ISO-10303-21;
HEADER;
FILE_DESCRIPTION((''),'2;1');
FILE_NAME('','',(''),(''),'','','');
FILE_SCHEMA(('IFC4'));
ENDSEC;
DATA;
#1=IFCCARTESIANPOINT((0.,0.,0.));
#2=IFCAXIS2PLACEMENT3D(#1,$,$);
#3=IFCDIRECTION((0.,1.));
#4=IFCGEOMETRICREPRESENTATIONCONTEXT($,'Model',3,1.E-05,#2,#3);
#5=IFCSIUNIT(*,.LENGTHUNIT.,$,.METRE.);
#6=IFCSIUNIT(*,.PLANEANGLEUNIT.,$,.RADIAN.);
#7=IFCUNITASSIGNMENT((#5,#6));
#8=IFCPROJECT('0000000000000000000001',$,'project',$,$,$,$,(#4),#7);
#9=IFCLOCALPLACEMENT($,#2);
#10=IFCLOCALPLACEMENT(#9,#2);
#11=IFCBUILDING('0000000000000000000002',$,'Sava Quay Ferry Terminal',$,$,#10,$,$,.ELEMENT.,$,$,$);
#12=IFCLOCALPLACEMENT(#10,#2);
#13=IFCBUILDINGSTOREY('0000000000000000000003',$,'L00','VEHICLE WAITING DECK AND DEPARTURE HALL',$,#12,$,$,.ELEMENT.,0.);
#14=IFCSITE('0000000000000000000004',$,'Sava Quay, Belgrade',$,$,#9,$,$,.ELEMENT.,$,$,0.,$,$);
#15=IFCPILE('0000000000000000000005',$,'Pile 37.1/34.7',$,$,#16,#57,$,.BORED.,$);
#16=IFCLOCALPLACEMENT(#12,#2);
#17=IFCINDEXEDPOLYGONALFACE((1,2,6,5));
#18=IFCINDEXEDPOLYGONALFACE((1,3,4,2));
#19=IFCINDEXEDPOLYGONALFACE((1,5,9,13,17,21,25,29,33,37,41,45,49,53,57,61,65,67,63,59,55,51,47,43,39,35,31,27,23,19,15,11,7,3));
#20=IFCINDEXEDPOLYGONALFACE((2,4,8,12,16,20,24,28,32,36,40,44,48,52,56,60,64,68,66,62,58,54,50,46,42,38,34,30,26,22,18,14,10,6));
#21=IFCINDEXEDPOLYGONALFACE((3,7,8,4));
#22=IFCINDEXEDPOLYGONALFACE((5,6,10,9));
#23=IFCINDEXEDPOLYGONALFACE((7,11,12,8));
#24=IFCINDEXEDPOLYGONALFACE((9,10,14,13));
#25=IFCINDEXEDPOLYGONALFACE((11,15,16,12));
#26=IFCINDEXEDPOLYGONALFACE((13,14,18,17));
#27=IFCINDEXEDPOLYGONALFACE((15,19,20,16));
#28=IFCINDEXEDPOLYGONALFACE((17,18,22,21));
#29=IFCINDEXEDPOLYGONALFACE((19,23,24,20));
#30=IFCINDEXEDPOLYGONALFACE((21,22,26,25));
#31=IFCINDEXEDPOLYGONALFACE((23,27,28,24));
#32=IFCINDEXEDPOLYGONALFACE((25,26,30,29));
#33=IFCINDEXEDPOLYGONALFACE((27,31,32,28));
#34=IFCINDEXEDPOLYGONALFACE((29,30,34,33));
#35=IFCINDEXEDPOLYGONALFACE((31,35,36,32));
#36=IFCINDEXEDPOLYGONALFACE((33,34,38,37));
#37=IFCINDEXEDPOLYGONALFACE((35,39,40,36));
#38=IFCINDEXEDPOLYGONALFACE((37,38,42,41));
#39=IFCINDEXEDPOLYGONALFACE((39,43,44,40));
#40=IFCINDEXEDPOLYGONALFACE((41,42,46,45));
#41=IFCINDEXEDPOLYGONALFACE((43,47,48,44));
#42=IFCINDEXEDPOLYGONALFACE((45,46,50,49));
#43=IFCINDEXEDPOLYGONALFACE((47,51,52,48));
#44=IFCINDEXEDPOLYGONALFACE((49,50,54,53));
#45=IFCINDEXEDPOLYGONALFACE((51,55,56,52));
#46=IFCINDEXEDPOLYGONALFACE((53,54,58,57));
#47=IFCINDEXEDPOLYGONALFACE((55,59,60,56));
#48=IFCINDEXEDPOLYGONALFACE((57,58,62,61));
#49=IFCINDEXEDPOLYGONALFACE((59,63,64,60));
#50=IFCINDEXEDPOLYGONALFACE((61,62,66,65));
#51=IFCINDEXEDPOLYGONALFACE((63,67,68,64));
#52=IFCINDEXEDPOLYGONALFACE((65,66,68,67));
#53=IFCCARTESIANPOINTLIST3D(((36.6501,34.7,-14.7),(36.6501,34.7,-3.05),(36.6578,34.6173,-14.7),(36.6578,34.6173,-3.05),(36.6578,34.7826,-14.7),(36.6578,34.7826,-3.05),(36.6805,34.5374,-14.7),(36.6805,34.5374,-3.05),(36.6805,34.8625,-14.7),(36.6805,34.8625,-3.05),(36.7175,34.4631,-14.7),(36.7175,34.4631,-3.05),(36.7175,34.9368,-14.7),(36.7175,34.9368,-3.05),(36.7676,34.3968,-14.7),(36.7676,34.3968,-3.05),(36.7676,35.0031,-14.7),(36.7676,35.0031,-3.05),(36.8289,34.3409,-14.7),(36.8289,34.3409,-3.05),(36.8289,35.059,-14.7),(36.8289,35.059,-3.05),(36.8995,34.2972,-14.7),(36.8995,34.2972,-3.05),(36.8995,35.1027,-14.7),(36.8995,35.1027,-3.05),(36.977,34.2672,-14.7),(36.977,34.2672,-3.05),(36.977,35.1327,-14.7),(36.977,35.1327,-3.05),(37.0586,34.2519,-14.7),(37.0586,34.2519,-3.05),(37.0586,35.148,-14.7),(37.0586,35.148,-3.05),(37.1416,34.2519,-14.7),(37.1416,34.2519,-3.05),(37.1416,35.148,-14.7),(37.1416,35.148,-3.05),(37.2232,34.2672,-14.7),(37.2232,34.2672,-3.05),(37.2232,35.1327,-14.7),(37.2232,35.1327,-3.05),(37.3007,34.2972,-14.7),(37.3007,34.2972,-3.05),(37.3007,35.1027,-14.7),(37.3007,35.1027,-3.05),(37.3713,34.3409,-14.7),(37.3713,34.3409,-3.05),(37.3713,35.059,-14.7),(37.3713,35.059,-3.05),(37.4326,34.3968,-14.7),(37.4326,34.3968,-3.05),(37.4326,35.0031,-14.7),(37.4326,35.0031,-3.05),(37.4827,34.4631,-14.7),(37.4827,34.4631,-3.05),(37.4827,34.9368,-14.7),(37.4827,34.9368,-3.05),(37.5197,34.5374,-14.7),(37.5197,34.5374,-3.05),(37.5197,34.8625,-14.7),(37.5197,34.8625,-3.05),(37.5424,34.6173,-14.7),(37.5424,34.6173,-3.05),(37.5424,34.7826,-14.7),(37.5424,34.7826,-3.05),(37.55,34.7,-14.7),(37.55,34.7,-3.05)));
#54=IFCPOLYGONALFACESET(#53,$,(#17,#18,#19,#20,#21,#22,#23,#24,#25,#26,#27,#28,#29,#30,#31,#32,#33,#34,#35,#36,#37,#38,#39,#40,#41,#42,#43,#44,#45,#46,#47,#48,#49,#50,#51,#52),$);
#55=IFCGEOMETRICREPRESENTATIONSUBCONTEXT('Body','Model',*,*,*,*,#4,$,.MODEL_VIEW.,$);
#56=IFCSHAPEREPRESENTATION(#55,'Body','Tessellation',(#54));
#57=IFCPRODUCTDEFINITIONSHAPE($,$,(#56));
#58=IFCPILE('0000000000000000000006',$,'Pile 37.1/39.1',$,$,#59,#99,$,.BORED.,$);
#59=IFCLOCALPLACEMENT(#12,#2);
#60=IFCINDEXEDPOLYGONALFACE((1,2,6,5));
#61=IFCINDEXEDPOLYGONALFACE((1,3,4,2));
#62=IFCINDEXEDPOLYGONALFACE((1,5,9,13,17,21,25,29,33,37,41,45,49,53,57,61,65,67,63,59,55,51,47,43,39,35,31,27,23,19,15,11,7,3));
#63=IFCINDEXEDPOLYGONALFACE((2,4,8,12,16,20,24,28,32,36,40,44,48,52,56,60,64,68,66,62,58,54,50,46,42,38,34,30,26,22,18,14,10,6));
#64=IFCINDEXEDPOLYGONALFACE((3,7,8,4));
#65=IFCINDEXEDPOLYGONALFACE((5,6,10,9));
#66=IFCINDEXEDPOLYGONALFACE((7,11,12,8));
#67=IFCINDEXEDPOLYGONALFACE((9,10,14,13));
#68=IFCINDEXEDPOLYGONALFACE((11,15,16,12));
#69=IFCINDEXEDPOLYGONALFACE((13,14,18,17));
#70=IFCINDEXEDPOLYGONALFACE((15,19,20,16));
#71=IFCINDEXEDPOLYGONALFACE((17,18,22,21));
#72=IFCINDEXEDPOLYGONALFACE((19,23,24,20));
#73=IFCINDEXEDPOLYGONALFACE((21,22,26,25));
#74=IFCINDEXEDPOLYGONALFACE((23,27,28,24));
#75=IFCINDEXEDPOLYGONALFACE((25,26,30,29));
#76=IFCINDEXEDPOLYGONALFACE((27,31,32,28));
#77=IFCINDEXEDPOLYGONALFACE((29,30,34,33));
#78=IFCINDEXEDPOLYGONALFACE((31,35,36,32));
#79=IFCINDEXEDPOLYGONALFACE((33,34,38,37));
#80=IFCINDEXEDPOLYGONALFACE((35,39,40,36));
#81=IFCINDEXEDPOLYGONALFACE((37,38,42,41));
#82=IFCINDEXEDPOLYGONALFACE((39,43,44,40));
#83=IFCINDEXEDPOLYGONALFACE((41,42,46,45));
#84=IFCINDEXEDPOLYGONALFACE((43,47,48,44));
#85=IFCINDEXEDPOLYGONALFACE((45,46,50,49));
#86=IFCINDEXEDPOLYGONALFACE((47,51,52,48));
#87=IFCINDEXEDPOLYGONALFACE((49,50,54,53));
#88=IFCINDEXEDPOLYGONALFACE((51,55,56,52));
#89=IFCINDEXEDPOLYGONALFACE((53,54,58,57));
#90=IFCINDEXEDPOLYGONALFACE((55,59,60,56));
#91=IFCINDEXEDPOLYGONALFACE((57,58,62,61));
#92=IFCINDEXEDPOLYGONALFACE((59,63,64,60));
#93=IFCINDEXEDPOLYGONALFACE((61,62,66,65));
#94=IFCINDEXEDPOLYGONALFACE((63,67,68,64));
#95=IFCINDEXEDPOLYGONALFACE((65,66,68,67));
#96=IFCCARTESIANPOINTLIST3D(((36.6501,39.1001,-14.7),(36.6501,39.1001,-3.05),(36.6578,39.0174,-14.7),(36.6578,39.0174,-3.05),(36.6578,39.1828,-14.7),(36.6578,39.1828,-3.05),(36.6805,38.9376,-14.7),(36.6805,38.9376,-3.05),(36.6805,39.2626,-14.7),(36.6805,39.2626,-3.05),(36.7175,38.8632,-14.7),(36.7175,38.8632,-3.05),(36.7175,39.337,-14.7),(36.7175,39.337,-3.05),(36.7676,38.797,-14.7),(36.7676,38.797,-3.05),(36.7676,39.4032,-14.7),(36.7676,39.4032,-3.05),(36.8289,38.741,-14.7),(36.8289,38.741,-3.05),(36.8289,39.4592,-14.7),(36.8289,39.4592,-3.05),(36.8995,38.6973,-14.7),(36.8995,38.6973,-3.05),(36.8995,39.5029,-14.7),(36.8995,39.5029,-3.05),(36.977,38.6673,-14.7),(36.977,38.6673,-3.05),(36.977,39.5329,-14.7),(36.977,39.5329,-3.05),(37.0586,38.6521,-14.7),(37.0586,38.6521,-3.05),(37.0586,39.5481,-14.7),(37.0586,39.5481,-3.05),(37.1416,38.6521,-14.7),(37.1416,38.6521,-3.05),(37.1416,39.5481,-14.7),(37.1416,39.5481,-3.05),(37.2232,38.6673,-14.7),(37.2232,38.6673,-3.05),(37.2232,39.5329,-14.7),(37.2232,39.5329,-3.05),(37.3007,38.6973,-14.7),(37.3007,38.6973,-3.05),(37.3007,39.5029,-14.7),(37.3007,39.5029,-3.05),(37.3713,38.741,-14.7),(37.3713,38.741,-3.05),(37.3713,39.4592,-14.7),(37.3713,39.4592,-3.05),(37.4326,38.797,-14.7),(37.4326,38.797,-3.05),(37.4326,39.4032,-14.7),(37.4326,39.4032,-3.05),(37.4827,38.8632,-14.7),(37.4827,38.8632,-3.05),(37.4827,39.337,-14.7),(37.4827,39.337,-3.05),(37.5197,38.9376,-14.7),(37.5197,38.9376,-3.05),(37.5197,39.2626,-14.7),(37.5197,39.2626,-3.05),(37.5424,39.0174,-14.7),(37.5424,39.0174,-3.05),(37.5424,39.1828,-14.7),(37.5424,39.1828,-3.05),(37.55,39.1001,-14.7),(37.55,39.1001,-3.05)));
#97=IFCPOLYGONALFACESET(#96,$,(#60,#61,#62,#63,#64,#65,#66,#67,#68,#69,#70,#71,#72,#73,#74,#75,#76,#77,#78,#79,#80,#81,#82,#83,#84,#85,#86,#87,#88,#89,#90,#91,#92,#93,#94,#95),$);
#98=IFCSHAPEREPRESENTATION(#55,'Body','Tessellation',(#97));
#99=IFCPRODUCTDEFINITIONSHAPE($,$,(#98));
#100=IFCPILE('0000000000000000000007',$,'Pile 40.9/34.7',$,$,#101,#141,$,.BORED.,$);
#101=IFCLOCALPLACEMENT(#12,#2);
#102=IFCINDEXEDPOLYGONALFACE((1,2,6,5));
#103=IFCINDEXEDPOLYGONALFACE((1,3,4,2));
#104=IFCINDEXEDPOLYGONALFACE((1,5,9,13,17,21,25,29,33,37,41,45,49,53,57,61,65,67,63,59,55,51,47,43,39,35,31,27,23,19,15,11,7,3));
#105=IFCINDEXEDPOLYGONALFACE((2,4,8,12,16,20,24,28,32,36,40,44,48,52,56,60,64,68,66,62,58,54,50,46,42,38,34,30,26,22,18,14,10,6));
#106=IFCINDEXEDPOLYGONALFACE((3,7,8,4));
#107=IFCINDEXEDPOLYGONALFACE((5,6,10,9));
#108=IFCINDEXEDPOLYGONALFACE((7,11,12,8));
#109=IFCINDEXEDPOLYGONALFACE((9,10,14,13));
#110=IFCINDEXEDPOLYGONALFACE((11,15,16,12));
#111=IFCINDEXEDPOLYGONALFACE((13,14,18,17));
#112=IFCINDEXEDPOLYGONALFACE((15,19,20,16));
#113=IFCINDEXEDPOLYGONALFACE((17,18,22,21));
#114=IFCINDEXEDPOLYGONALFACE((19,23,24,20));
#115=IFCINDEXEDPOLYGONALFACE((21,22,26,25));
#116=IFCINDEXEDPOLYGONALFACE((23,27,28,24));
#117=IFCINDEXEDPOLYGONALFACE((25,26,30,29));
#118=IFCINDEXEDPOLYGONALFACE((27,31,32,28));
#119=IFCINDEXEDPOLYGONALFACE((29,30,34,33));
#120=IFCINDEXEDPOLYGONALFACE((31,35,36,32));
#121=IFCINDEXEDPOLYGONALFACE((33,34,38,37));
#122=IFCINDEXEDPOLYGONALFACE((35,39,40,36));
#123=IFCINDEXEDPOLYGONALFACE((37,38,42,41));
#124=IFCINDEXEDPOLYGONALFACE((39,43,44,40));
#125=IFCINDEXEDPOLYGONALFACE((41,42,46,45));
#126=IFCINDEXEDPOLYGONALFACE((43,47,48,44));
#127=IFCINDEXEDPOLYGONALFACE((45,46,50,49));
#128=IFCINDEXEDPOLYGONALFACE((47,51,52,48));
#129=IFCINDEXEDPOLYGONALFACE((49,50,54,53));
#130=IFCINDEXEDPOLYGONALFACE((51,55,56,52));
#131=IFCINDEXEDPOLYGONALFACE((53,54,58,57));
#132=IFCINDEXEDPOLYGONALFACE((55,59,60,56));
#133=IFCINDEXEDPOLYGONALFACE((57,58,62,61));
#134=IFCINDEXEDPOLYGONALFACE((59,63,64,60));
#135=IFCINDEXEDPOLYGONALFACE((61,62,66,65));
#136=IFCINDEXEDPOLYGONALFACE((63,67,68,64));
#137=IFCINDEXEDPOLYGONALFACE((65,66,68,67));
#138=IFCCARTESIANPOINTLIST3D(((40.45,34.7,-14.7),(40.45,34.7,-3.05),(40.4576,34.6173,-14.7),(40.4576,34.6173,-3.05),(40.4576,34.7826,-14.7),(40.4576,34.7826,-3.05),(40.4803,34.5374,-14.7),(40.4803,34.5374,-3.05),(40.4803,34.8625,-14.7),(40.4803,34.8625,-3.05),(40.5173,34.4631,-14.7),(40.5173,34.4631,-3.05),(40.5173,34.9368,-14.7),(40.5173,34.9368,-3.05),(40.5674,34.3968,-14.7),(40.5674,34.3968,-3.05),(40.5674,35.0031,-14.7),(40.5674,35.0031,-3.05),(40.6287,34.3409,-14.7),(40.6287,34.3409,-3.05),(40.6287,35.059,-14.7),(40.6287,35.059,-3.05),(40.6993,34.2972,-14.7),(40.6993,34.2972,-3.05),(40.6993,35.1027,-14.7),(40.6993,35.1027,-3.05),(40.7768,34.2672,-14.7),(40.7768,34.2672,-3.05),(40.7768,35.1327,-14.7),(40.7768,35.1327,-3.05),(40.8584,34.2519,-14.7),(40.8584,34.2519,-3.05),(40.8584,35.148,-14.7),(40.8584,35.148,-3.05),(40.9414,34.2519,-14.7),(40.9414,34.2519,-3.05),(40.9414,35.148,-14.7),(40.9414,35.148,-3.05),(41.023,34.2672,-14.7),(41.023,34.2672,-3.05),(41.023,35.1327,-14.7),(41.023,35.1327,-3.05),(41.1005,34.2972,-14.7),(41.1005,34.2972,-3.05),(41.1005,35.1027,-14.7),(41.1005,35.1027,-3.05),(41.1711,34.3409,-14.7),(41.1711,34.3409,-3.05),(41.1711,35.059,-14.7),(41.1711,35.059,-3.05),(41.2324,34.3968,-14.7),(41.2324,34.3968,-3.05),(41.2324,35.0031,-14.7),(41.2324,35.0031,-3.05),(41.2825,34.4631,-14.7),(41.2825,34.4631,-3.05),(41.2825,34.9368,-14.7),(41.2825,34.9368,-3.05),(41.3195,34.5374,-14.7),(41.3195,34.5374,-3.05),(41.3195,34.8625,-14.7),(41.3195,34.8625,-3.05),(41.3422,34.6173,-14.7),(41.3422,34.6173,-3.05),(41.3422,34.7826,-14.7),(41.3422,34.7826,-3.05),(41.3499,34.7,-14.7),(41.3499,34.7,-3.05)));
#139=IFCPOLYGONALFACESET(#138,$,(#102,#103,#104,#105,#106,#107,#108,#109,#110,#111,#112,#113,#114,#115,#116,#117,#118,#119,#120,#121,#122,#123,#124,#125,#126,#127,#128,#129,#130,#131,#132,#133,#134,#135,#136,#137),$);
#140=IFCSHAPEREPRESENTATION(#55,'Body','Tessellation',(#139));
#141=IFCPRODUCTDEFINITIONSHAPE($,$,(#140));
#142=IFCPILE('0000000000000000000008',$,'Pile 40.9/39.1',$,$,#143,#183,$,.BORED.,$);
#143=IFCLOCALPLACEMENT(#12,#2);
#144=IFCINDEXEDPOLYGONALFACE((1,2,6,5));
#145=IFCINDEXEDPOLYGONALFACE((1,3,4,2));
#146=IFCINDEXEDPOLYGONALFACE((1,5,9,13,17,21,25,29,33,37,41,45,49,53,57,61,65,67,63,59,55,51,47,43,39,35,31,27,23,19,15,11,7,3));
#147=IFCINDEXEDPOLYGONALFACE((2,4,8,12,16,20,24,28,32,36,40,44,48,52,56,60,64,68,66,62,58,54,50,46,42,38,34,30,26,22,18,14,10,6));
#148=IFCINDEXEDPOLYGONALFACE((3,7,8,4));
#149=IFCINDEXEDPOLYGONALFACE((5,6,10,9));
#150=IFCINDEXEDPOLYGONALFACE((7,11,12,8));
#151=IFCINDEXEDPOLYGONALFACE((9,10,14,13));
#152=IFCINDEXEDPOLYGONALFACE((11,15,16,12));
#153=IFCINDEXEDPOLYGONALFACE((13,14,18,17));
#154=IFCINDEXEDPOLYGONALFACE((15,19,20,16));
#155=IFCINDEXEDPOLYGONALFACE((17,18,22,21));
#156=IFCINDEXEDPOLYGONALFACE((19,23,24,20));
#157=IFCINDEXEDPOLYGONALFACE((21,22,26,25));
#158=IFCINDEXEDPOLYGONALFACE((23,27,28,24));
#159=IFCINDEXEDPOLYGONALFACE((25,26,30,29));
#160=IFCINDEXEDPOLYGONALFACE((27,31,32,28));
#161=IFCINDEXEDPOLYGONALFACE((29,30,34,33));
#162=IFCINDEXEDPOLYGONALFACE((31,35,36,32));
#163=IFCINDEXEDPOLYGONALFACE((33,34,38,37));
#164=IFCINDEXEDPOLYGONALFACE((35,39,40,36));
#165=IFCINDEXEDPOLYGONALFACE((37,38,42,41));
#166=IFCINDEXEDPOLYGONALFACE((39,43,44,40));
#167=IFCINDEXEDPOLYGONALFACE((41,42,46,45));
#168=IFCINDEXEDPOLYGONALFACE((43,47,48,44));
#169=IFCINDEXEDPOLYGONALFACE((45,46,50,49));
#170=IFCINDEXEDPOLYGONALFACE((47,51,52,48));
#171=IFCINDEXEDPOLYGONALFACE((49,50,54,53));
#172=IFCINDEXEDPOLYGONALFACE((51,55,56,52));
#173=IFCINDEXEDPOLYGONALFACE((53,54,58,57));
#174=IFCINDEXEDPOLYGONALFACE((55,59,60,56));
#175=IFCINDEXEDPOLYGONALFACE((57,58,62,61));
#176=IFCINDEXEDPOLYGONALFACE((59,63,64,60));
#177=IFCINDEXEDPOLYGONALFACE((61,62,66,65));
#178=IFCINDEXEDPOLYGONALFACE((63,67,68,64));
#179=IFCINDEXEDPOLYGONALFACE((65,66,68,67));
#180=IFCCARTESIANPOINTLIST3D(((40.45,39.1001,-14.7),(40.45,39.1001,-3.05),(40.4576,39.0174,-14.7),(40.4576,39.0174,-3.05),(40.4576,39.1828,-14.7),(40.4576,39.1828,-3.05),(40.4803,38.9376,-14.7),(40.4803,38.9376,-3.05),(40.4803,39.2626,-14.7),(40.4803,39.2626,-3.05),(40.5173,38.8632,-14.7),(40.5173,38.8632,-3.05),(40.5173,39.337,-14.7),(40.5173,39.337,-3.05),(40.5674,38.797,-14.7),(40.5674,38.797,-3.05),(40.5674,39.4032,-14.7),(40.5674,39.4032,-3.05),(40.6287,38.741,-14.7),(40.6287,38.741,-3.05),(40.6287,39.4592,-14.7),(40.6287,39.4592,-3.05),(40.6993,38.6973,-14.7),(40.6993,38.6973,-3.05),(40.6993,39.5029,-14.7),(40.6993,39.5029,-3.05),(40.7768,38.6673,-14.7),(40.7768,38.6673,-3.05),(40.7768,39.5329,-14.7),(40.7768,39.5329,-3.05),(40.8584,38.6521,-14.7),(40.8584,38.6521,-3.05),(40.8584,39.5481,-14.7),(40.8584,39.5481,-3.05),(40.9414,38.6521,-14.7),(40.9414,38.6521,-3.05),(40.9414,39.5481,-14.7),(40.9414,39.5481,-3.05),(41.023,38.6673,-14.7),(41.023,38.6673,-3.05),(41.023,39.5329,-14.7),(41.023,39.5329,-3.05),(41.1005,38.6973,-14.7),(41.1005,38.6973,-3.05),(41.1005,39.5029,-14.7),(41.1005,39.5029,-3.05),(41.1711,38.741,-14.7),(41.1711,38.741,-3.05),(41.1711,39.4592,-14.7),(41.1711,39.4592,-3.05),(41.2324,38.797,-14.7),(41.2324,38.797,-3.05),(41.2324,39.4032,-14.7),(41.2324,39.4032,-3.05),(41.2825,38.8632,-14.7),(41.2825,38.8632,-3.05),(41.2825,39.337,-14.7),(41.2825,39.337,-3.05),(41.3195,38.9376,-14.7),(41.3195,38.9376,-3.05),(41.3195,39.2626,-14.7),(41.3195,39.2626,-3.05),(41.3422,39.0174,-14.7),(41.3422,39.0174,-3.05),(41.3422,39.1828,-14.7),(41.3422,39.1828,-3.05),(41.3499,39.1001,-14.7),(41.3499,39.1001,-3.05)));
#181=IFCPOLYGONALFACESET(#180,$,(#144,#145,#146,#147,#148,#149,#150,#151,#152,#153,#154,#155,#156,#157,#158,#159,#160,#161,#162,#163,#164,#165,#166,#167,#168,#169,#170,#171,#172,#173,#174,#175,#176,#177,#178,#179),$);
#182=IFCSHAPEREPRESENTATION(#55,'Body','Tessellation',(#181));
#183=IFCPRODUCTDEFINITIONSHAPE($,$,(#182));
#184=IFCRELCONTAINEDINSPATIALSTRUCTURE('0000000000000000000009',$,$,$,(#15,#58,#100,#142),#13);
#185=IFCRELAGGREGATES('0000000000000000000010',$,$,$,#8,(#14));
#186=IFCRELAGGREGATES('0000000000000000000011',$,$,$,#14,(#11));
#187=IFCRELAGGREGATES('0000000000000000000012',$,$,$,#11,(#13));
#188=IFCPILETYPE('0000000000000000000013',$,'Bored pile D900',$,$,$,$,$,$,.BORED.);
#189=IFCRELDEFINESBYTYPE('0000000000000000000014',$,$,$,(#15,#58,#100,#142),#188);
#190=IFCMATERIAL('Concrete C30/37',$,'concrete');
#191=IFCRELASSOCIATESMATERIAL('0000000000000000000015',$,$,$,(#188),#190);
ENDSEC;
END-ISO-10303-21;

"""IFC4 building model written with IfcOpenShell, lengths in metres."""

from ifc_helpers import new_model, si_unit, direction, frame, origin, origin_2d, place, context, subcontext, project, spatial, circle, extrude, material, material_profile, profile_set, type_object, element, save


model = new_model("IFC4")

# Units and contexts
model_context = context("Model", 3, precision=1e-05, world=origin(), true_north=direction((0.0, 1.0)))
body_context = subcontext(model_context, "Body", "Model", "MODEL_VIEW")
ifc_project = project(units=[si_unit("LENGTHUNIT", "METRE"), si_unit("PLANEANGLEUNIT", "RADIAN")], contexts=[model_context])

# Site, building, storey
site_placement = place(None, origin())
site = spatial("IfcSite", under=ifc_project, at=site_placement, Name="Sava Quay, Belgrade", CompositionType="ELEMENT", RefElevation=0.0)
building_placement = place(site_placement, origin())
building = spatial("IfcBuilding", under=site, at=building_placement, Name="Sava Quay Ferry Terminal", CompositionType="ELEMENT")
storey_placement = place(building_placement, origin())
storey = spatial("IfcBuildingStorey", under=building, at=storey_placement, Name="L00", Description="VEHICLE WAITING DECK AND DEPARTURE HALL", CompositionType="ELEMENT", Elevation=0.0)

# Piles
ifc_material_1 = material(Name="Concrete C30/37", Category="concrete")
ifc_material_profile = material_profile(ifc_material_1, circle(Radius=0.45, at=origin_2d()), Name="Bored pile D900")
ifc_profile_set = profile_set([ifc_material_profile], Name="Concrete C30/37")
pile_type = type_object("IfcPileType", Name="Bored pile D900", PredefinedType="BORED", material=ifc_profile_set)
for number, where, z_axis, x_axis, name in (
    (1, (37.1001, 34.7, -3.05), (0.0, 0.0, -1.0), (1.0, 0.0, 0.0), "Pile 37.1/34.7"),
    (2, (37.1001, 39.1001, -3.05), (0.0, 0.0, -1.0), (1.0, 0.0, 0.0), "Pile 37.1/39.1"),
    (3, (40.8999, 34.7, -3.05), (0.0, 0.0, -1.0), (1.0, 0.0, 0.0), "Pile 40.9/34.7"),
    (4, (40.8999, 39.1001, -3.05), (0.0, 0.0, -1.0), (1.0, 0.0, 0.0), "Pile 40.9/39.1"),
):
    element("IfcPile", number, at=place(storey_placement, frame(where, z_axis=z_axis, x_axis=x_axis)), inside=storey, type_object=pile_type, Name=name, PredefinedType="BORED", context=body_context, shape_type="SweptSolid", body=[
        extrude(circle(Radius=0.45, at=origin_2d()), origin(), (0.0, 0.0, 1.0), 11.6499),
    ])

save(model, "model.ifc")
